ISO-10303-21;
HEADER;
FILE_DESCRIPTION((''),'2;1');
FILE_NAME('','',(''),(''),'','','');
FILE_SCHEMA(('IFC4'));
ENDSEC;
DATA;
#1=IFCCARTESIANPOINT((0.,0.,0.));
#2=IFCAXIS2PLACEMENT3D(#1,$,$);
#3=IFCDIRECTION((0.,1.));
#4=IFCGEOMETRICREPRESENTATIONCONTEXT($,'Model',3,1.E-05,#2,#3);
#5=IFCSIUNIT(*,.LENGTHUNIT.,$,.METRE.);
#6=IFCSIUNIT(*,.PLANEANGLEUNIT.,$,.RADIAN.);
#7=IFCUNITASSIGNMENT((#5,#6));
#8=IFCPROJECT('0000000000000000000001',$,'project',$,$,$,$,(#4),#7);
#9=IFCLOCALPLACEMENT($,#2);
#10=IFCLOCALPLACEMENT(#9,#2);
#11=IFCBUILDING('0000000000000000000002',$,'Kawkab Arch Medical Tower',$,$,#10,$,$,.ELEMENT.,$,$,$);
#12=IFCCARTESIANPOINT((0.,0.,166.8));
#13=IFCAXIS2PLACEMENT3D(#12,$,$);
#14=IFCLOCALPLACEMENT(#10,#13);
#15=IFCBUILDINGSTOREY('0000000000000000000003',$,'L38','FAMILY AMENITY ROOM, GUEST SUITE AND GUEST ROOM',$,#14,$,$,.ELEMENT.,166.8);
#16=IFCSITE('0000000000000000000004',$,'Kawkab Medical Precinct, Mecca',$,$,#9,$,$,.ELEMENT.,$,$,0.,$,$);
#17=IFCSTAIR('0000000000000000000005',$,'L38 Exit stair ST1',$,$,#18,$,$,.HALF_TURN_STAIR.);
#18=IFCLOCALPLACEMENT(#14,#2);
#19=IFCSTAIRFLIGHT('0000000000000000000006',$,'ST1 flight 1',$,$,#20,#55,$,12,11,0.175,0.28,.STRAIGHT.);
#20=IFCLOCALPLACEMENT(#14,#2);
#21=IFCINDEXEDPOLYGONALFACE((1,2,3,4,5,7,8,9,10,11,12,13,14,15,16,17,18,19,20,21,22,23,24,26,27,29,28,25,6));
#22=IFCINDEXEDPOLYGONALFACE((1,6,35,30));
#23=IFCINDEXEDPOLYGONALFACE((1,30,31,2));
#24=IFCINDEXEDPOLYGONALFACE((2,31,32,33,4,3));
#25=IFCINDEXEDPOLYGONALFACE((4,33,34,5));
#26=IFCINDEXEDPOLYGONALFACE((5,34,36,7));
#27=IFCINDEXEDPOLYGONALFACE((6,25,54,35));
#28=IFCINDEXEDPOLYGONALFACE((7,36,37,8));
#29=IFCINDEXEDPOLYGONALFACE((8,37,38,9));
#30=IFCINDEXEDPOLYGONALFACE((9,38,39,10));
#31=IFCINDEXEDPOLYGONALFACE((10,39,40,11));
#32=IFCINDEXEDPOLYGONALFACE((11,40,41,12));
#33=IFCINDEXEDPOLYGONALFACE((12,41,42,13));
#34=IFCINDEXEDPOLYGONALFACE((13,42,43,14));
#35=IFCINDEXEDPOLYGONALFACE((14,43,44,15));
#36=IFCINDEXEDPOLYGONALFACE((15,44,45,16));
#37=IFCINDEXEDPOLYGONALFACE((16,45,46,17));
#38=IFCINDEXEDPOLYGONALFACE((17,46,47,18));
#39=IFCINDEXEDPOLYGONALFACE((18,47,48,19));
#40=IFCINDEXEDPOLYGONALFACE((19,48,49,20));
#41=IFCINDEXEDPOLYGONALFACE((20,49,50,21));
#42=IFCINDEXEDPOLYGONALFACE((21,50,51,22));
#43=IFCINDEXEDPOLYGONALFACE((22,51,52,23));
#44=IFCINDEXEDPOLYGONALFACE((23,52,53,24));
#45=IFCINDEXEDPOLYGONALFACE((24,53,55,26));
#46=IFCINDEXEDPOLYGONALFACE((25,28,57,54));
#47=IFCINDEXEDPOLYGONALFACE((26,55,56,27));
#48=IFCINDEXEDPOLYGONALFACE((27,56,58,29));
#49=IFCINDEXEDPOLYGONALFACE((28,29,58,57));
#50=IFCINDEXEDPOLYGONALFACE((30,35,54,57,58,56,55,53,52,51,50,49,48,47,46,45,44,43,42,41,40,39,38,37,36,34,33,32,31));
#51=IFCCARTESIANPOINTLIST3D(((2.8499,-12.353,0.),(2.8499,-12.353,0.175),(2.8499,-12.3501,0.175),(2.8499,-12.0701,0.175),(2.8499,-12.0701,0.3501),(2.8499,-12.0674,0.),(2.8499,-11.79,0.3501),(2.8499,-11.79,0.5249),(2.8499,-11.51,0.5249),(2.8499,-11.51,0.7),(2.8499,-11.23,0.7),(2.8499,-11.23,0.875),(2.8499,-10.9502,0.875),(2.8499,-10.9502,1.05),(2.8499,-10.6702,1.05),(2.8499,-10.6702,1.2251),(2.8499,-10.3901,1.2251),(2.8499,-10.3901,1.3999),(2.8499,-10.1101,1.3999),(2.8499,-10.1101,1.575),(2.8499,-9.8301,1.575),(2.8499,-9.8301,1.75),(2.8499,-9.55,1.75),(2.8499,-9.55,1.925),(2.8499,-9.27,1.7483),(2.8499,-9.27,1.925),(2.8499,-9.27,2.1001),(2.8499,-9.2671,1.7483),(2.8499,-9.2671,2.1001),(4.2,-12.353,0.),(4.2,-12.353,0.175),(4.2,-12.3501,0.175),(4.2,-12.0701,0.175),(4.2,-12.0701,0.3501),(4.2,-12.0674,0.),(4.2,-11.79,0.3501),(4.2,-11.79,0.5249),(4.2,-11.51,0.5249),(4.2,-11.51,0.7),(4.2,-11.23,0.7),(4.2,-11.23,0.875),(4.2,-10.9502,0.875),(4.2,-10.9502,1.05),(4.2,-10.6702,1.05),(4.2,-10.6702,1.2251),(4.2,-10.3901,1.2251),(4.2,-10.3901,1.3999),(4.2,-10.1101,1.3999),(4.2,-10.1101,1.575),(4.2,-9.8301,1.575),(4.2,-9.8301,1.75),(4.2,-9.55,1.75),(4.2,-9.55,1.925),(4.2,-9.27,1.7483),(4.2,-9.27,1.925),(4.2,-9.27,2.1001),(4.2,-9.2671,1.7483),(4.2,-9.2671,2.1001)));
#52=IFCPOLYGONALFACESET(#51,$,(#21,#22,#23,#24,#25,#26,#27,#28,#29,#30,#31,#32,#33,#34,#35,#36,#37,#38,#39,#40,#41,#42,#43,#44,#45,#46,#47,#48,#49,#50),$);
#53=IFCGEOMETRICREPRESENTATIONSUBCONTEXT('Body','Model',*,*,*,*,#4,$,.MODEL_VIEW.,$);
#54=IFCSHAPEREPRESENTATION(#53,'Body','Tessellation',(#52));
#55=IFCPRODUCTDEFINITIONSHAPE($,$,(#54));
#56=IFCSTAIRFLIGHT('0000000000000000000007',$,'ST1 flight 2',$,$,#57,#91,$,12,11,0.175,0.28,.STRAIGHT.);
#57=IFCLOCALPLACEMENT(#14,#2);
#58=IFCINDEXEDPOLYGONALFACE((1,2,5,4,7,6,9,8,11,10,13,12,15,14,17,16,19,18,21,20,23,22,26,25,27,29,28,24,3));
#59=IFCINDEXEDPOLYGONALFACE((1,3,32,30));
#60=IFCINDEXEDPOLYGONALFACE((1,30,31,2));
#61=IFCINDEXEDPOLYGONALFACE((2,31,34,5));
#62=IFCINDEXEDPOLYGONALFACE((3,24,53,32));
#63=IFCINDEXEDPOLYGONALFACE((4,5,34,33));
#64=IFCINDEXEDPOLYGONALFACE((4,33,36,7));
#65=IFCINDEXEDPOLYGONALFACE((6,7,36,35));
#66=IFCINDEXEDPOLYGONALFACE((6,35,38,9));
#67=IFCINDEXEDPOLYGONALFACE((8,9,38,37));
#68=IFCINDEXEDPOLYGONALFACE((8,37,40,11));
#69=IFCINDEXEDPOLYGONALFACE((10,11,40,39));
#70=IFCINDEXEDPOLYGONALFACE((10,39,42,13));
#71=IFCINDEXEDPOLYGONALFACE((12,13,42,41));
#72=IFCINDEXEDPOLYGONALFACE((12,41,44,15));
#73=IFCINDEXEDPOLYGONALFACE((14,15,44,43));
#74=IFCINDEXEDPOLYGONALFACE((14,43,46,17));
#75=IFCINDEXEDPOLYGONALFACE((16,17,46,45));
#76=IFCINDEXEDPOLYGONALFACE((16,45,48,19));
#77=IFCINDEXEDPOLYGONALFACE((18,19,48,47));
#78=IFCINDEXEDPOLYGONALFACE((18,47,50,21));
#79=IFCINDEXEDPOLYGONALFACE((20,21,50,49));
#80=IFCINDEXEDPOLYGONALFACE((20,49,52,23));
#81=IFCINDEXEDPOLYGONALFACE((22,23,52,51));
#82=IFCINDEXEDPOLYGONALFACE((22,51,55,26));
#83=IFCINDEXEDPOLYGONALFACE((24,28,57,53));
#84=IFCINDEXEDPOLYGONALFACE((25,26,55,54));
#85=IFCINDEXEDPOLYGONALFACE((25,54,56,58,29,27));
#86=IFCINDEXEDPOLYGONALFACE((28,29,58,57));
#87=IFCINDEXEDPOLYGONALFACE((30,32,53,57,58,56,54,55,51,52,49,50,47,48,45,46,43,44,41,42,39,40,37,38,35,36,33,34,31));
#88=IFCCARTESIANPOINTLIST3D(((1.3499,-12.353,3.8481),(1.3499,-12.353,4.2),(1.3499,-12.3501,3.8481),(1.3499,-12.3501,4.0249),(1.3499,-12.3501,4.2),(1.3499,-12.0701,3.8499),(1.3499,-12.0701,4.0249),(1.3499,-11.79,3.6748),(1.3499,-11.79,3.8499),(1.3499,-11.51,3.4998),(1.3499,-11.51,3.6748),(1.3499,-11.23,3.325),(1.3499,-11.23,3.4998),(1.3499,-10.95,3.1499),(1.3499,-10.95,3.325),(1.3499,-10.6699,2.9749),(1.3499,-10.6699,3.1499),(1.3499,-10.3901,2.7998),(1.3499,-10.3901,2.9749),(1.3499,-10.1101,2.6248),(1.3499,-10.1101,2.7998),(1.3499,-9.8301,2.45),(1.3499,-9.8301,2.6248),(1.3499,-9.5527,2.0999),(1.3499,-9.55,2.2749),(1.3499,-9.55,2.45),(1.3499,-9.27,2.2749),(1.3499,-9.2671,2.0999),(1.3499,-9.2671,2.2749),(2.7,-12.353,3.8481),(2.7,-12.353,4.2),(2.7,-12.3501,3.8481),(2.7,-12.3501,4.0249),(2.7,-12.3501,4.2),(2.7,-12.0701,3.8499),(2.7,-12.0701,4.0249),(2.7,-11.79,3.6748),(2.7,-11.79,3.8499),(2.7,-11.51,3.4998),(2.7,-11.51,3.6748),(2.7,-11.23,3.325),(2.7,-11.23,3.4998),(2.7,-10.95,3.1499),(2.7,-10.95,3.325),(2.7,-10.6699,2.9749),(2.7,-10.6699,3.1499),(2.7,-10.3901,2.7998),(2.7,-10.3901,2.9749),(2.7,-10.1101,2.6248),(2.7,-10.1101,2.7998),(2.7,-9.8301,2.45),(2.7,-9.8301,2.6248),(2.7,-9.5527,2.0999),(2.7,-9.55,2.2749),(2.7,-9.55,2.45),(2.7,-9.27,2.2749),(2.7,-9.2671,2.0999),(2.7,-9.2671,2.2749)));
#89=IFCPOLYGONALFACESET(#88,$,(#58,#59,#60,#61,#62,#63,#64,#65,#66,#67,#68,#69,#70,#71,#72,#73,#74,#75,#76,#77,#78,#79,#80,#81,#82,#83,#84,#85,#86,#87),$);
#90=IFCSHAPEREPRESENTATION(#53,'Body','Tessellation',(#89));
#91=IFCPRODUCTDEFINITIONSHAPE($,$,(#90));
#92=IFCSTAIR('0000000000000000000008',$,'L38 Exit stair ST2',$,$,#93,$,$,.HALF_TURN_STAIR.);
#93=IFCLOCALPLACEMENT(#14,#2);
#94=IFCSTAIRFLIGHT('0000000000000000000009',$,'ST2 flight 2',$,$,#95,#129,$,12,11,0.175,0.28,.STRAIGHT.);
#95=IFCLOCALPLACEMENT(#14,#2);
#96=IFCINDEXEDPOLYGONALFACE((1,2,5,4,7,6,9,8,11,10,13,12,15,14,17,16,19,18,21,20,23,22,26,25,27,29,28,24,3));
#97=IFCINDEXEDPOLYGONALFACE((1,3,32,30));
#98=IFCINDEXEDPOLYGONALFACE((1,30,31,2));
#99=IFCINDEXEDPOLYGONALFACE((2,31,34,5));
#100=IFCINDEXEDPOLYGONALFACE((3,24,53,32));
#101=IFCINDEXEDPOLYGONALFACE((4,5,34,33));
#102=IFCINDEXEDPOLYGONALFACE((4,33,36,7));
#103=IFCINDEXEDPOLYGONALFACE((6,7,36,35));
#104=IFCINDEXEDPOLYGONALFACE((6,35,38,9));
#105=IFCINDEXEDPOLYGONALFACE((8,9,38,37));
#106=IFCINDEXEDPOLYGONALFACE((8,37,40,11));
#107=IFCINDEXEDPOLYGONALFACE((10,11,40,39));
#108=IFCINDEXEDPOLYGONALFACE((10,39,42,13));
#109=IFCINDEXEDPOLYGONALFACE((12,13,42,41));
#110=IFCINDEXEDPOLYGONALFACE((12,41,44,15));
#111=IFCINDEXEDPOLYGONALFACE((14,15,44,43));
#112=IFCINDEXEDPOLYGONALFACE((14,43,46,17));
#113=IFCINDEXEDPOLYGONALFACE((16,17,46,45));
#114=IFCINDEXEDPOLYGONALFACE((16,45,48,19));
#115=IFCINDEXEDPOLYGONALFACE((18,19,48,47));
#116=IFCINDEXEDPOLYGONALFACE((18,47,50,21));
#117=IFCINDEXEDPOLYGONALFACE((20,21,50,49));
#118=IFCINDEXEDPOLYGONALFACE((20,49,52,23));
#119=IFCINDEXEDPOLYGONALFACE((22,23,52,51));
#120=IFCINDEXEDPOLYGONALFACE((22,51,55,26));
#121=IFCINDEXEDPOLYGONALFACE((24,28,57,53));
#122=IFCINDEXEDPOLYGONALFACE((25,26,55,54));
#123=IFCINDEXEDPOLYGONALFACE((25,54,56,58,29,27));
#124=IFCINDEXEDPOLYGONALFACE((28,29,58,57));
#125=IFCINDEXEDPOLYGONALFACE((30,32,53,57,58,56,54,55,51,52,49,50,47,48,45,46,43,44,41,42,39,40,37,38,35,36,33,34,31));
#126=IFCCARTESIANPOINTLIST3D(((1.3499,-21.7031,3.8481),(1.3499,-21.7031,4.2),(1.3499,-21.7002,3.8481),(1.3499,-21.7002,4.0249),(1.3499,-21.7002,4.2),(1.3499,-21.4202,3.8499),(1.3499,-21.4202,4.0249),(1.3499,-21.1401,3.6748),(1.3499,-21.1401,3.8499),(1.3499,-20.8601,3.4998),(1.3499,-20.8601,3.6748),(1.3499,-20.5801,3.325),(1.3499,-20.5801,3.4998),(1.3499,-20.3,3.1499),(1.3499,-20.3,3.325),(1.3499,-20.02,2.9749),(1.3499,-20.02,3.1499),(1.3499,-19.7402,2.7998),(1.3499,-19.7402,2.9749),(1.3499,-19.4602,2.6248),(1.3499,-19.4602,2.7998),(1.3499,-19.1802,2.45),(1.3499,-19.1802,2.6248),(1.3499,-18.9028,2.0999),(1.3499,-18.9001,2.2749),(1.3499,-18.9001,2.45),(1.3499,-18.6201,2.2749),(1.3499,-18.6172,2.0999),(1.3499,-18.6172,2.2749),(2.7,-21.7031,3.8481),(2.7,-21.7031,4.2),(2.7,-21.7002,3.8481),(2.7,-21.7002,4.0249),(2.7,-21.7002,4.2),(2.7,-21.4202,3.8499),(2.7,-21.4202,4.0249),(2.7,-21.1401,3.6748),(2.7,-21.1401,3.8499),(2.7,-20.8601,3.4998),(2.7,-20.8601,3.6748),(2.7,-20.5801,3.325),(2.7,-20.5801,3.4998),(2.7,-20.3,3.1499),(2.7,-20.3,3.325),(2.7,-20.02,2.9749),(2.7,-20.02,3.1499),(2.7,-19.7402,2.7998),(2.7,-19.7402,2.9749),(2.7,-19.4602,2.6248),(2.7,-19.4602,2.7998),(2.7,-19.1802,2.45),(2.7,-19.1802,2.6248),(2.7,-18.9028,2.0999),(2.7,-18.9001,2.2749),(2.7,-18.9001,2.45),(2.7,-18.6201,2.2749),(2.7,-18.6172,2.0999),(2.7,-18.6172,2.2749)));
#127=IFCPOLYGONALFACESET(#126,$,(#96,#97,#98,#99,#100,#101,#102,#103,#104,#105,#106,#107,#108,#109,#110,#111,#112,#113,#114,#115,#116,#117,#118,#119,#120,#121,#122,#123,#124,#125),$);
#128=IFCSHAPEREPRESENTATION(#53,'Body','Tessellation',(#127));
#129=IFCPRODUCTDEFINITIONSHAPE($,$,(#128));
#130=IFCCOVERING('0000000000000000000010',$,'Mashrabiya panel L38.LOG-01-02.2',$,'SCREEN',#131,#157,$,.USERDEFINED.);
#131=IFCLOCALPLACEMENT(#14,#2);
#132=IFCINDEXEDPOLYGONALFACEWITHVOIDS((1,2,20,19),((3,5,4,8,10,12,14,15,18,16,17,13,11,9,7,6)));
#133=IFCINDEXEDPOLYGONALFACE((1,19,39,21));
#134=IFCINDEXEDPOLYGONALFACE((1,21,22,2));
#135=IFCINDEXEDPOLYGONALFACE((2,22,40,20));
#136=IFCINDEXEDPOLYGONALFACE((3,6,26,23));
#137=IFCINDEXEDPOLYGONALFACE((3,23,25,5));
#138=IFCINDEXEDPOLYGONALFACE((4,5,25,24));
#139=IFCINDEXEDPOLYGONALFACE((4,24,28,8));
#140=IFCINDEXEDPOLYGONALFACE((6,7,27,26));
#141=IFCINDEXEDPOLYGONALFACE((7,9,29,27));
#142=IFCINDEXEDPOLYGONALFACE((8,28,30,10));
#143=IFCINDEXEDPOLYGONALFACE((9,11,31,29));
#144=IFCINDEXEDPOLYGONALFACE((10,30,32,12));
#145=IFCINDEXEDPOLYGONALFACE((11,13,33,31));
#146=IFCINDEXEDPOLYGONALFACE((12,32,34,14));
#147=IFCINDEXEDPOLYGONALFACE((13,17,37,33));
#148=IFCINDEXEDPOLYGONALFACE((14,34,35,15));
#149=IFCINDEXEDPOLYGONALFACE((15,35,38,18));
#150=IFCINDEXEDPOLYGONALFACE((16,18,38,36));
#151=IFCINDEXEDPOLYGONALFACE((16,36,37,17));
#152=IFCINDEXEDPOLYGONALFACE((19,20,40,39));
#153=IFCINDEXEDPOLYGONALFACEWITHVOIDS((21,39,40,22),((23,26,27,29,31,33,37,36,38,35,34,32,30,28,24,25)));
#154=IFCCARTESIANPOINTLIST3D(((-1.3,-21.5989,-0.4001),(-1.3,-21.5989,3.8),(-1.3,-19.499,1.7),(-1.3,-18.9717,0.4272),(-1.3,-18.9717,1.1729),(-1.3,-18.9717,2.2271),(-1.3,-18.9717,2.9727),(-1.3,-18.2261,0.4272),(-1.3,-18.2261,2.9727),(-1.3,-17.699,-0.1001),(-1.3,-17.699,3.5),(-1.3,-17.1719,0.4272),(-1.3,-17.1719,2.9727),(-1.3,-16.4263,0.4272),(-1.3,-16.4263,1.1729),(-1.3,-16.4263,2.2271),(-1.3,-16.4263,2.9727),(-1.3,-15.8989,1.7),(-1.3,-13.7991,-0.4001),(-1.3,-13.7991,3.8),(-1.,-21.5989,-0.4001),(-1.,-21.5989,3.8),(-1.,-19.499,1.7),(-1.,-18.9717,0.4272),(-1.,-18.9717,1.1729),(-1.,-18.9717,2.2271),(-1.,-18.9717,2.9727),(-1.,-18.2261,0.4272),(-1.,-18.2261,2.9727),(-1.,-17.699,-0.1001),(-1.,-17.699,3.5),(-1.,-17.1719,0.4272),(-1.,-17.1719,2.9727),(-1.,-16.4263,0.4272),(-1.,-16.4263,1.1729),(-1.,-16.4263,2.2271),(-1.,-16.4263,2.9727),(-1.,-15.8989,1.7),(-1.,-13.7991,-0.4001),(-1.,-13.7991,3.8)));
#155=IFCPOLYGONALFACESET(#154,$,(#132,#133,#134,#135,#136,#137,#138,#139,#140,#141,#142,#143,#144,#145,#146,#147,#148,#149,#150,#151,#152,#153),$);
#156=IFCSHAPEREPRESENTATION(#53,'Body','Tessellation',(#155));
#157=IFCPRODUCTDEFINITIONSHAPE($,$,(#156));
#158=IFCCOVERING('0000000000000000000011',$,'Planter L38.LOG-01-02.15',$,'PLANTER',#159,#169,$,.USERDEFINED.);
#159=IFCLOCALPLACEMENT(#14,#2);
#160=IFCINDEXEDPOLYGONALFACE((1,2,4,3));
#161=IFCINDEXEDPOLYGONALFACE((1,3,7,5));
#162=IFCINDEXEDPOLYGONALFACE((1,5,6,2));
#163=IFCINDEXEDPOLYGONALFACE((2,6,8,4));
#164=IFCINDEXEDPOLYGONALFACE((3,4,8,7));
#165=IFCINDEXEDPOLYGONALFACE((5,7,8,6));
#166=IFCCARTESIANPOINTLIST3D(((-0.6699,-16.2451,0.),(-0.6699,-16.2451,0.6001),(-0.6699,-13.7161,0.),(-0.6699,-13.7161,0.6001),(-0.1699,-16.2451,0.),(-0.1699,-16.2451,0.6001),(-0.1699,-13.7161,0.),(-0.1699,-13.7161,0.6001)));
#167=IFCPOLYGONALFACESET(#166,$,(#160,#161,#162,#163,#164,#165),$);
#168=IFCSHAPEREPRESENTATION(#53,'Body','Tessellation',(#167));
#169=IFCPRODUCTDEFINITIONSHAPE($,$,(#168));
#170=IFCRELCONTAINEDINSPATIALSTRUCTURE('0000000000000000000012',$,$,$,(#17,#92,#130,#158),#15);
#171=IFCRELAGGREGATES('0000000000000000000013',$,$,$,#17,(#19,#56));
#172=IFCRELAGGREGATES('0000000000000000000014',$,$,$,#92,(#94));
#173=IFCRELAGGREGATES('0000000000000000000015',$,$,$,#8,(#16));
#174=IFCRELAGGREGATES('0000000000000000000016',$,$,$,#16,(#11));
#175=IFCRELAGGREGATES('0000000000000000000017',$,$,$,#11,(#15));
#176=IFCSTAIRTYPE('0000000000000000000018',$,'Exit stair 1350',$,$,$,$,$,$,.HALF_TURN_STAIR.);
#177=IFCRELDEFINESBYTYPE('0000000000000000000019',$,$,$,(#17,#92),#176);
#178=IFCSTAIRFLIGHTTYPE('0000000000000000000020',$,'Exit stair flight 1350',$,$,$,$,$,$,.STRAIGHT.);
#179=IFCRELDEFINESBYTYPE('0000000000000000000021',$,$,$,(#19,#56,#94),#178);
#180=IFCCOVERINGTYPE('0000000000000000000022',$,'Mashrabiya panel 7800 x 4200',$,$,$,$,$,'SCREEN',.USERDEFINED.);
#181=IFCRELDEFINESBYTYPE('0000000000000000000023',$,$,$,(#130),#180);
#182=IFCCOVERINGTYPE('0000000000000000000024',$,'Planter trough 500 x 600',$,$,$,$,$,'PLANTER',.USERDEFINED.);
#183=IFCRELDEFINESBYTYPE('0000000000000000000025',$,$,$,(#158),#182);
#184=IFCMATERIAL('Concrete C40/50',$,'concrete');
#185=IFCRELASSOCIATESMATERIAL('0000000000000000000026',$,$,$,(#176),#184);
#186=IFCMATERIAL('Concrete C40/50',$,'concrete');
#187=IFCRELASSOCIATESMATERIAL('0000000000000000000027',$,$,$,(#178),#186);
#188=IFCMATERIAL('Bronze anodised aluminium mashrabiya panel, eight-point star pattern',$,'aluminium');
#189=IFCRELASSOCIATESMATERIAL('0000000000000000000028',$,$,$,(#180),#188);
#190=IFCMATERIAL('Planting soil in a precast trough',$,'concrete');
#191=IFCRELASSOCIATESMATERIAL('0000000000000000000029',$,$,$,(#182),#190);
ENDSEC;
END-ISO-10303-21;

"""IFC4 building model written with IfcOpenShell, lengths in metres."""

from ifc_helpers import new_model, si_unit, direction, frame, origin, origin_2d, place, context, subcontext, project, spatial, polyline, rectangle, outline, extrude, material, material_profile, profile_set, type_object, element, aggregate, save


model = new_model("IFC4")

# Units and contexts
model_context = context("Model", 3, precision=1e-05, world=origin(), true_north=direction((0.0, 1.0)))
body_context = subcontext(model_context, "Body", "Model", "MODEL_VIEW")
ifc_project = project(units=[si_unit("LENGTHUNIT", "METRE"), si_unit("PLANEANGLEUNIT", "RADIAN")], contexts=[model_context])

# Site, building, storey
site_placement = place(None, origin())
site = spatial("IfcSite", under=ifc_project, at=site_placement, Name="Kawkab Medical Precinct, Mecca", CompositionType="ELEMENT", RefElevation=0.0)
building_placement = place(site_placement, origin())
building = spatial("IfcBuilding", under=site, at=building_placement, Name="Kawkab Arch Medical Tower", CompositionType="ELEMENT")
storey_placement = place(building_placement, frame((0.0, 0.0, 166.8)))
storey = spatial("IfcBuildingStorey", under=building, at=storey_placement, Name="L38", Description="FAMILY AMENITY ROOM, GUEST SUITE AND GUEST ROOM", CompositionType="ELEMENT", Elevation=166.8)

# Shared definitions
placement = place(storey_placement, origin())

# Stair, stair flights
ifc_material_1 = material(Name="Concrete C40/50", Category="concrete")
stair_type = type_object("IfcStairType", Name="Exit stair 1350", PredefinedType="HALF_TURN_STAIR", material=ifc_material_1)
stair_1 = element("IfcStair", 1, at=placement, inside=storey, type_object=stair_type, Name="L38 Exit stair ST1", PredefinedType="HALF_TURN_STAIR")
ifc_material_2 = material(Name="Concrete C40/50", Category="concrete")
stair_flight_type = type_object("IfcStairFlightType", Name="Exit stair flight 1350", PredefinedType="STRAIGHT", material=ifc_material_2)
stair_flight_1_placement = place(storey_placement, frame((3.5249, -12.3501, 0.0), z_axis=(0.0, 0.0, 1.0), x_axis=(0.0, 1.0, 0.0)))
stair_flight_1 = element("IfcStairFlight", 2, at=stair_flight_1_placement, type_object=stair_flight_type, Name="ST1 flight 1", NumberOfRisers=12, NumberOfTreads=11, PredefinedType="STRAIGHT", RiserHeight=0.175, TreadLength=0.28, context=body_context, shape_type="SweptSolid", body=[
    extrude(outline(polyline([(-0.0029, 0.0), (-0.0029, 0.175), (0.0, 0.175), (0.28, 0.175), (0.28, 0.3501), (0.5601, 0.3501), (0.5601, 0.5249), (0.8401, 0.5249), (0.8401, 0.7), (1.1201, 0.7), (1.1201, 0.875), (1.3999, 0.875), (1.3999, 1.05), (1.6799, 1.05), (1.6799, 1.2251), (1.96, 1.2251), (1.96, 1.3999), (2.24, 1.3999), (2.24, 1.575), (2.52, 1.575), (2.52, 1.75), (2.8, 1.75), (2.8, 1.925), (3.0801, 1.925), (3.0801, 2.1001), (3.083, 2.1001), (3.083, 1.7483), (3.0801, 1.7483), (0.2827, 0.0), (-0.0029, 0.0)])), frame((0.0, 0.675, 0.0), z_axis=(0.0, -1.0, 0.0), x_axis=(1.0, 0.0, 0.0)), (0.0, 0.0, 1.0), 1.3501),
])
stair_flight_2_placement = place(storey_placement, frame((2.0249, -9.27, 2.0999), z_axis=(0.0, 0.0, 1.0), x_axis=(0.0, -1.0, 0.0)))
stair_flight_2 = element("IfcStairFlight", 3, at=stair_flight_2_placement, type_object=stair_flight_type, Name="ST1 flight 2", NumberOfRisers=12, NumberOfTreads=11, PredefinedType="STRAIGHT", RiserHeight=0.175, TreadLength=0.28, context=body_context, shape_type="SweptSolid", body=[
    extrude(outline(polyline([(-0.0029, 0.0), (-0.0029, 0.175), (0.0, 0.175), (0.28, 0.175), (0.28, 0.3501), (0.5601, 0.3501), (0.5601, 0.5249), (0.8401, 0.5249), (0.8401, 0.7), (1.1201, 0.7), (1.1201, 0.875), (1.3999, 0.875), (1.3999, 1.05), (1.6799, 1.05), (1.6799, 1.2251), (1.96, 1.2251), (1.96, 1.3999), (2.24, 1.3999), (2.24, 1.575), (2.52, 1.575), (2.52, 1.75), (2.8, 1.75), (2.8, 1.925), (3.0801, 1.925), (3.0801, 2.1001), (3.083, 2.1001), (3.083, 1.7483), (3.0801, 1.7483), (0.2827, 0.0), (-0.0029, 0.0)])), frame((0.0, 0.675, 0.0), z_axis=(0.0, -1.0, 0.0), x_axis=(1.0, 0.0, 0.0)), (0.0, 0.0, 1.0), 1.3501),
])
aggregate(stair_1, [stair_flight_1, stair_flight_2])

# Stair, stair flight
stair_2 = element("IfcStair", 4, at=placement, inside=storey, type_object=stair_type, Name="L38 Exit stair ST2", PredefinedType="HALF_TURN_STAIR")
stair_flight_3_placement = place(storey_placement, frame((2.0249, -18.6201, 2.0999), z_axis=(0.0, 0.0, 1.0), x_axis=(0.0, -1.0, 0.0)))
stair_flight_3 = element("IfcStairFlight", 5, at=stair_flight_3_placement, type_object=stair_flight_type, Name="ST2 flight 2", NumberOfRisers=12, NumberOfTreads=11, PredefinedType="STRAIGHT", RiserHeight=0.175, TreadLength=0.28, context=body_context, shape_type="SweptSolid", body=[
    extrude(outline(polyline([(-0.0029, 0.0), (-0.0029, 0.175), (0.0, 0.175), (0.28, 0.175), (0.28, 0.3501), (0.5601, 0.3501), (0.5601, 0.5249), (0.8401, 0.5249), (0.8401, 0.7), (1.1201, 0.7), (1.1201, 0.875), (1.3999, 0.875), (1.3999, 1.05), (1.6799, 1.05), (1.6799, 1.2251), (1.96, 1.2251), (1.96, 1.3999), (2.24, 1.3999), (2.24, 1.575), (2.52, 1.575), (2.52, 1.75), (2.8, 1.75), (2.8, 1.925), (3.0801, 1.925), (3.0801, 2.1001), (3.083, 2.1001), (3.083, 1.7483), (3.0801, 1.7483), (0.2827, 0.0), (-0.0029, 0.0)])), frame((0.0, 0.675, 0.0), z_axis=(0.0, -1.0, 0.0), x_axis=(1.0, 0.0, 0.0)), (0.0, 0.0, 1.0), 1.3501),
])
aggregate(stair_2, [stair_flight_3])

# Coverings
ifc_material_3 = material(Name="Bronze anodised aluminium mashrabiya panel, eight-point star pattern", Category="aluminium")
ifc_material_profile_1 = material_profile(ifc_material_3, outline(polyline([(-3.8999, -2.1001), (3.8999, -2.1001), (3.8999, 2.1001), (-3.8999, 2.1001), (-3.8999, -2.1001)]), holes=[polyline([(1.8, 0.0), (1.2727, 0.5271), (1.2727, 1.2727), (0.5271, 1.2727), (0.0, 1.8), (-0.5271, 1.2727), (-1.2727, 1.2727), (-1.2727, 0.5271), (-1.8, 0.0), (-1.2727, -0.5271), (-1.2727, -1.2727), (-0.5271, -1.2727), (0.0, -1.8), (0.5271, -1.2727), (1.2727, -1.2727), (1.2727, -0.5271), (1.8, 0.0)])]), Name="Mashrabiya panel 7800x4200")
ifc_profile_set_1 = profile_set([ifc_material_profile_1], Name="Bronze anodised aluminium mashrabiya panel, eight-point star pattern")
covering_type_1 = type_object("IfcCoveringType", Name="Mashrabiya panel 7800 x 4200", ElementType="SCREEN", PredefinedType="USERDEFINED", material=ifc_profile_set_1)
covering_1_placement = place(storey_placement, frame((-1.0, -17.699, 1.7), z_axis=(-1.0, 0.0, 0.0), x_axis=(0.0, -1.0, 0.0)))
element("IfcCovering", 6, at=covering_1_placement, inside=storey, type_object=covering_type_1, Name="Mashrabiya panel L38.LOG-01-02.2", ObjectType="SCREEN", PredefinedType="USERDEFINED", context=body_context, shape_type="SweptSolid", body=[
    extrude(outline(polyline([(-3.8999, -2.1001), (3.8999, -2.1001), (3.8999, 2.1001), (-3.8999, 2.1001), (-3.8999, -2.1001)]), holes=[polyline([(1.8, 0.0), (1.2727, 0.5271), (1.2727, 1.2727), (0.5271, 1.2727), (0.0, 1.8), (-0.5271, 1.2727), (-1.2727, 1.2727), (-1.2727, 0.5271), (-1.8, 0.0), (-1.2727, -0.5271), (-1.2727, -1.2727), (-0.5271, -1.2727), (0.0, -1.8), (0.5271, -1.2727), (1.2727, -1.2727), (1.2727, -0.5271), (1.8, 0.0)])]), origin(), (0.0, 0.0, 1.0), 0.3),
])
ifc_material_4 = material(Name="Planting soil in a precast trough", Category="concrete")
ifc_material_profile_2 = material_profile(ifc_material_4, rectangle(XDim=0.5, YDim=0.6001, at=origin_2d()), Name="Trough 500x600")
ifc_profile_set_2 = profile_set([ifc_material_profile_2], Name="Planting soil in a precast trough")
covering_type_2 = type_object("IfcCoveringType", Name="Planter trough 500 x 600", ElementType="PLANTER", PredefinedType="USERDEFINED", material=ifc_profile_set_2)
covering_2_placement = place(storey_placement, frame((-0.4199, -16.2451, 0.3), z_axis=(0.0, 1.0, 0.0), x_axis=(-1.0, 0.0, 0.0)))
element("IfcCovering", 7, at=covering_2_placement, inside=storey, type_object=covering_type_2, Name="Planter L38.LOG-01-02.15", ObjectType="PLANTER", PredefinedType="USERDEFINED", context=body_context, shape_type="SweptSolid", body=[
    extrude(rectangle(XDim=0.5, YDim=0.6001, at=origin_2d()), origin(), (0.0, 0.0, 1.0), 2.5291),
])

save(model, "model.ifc")
